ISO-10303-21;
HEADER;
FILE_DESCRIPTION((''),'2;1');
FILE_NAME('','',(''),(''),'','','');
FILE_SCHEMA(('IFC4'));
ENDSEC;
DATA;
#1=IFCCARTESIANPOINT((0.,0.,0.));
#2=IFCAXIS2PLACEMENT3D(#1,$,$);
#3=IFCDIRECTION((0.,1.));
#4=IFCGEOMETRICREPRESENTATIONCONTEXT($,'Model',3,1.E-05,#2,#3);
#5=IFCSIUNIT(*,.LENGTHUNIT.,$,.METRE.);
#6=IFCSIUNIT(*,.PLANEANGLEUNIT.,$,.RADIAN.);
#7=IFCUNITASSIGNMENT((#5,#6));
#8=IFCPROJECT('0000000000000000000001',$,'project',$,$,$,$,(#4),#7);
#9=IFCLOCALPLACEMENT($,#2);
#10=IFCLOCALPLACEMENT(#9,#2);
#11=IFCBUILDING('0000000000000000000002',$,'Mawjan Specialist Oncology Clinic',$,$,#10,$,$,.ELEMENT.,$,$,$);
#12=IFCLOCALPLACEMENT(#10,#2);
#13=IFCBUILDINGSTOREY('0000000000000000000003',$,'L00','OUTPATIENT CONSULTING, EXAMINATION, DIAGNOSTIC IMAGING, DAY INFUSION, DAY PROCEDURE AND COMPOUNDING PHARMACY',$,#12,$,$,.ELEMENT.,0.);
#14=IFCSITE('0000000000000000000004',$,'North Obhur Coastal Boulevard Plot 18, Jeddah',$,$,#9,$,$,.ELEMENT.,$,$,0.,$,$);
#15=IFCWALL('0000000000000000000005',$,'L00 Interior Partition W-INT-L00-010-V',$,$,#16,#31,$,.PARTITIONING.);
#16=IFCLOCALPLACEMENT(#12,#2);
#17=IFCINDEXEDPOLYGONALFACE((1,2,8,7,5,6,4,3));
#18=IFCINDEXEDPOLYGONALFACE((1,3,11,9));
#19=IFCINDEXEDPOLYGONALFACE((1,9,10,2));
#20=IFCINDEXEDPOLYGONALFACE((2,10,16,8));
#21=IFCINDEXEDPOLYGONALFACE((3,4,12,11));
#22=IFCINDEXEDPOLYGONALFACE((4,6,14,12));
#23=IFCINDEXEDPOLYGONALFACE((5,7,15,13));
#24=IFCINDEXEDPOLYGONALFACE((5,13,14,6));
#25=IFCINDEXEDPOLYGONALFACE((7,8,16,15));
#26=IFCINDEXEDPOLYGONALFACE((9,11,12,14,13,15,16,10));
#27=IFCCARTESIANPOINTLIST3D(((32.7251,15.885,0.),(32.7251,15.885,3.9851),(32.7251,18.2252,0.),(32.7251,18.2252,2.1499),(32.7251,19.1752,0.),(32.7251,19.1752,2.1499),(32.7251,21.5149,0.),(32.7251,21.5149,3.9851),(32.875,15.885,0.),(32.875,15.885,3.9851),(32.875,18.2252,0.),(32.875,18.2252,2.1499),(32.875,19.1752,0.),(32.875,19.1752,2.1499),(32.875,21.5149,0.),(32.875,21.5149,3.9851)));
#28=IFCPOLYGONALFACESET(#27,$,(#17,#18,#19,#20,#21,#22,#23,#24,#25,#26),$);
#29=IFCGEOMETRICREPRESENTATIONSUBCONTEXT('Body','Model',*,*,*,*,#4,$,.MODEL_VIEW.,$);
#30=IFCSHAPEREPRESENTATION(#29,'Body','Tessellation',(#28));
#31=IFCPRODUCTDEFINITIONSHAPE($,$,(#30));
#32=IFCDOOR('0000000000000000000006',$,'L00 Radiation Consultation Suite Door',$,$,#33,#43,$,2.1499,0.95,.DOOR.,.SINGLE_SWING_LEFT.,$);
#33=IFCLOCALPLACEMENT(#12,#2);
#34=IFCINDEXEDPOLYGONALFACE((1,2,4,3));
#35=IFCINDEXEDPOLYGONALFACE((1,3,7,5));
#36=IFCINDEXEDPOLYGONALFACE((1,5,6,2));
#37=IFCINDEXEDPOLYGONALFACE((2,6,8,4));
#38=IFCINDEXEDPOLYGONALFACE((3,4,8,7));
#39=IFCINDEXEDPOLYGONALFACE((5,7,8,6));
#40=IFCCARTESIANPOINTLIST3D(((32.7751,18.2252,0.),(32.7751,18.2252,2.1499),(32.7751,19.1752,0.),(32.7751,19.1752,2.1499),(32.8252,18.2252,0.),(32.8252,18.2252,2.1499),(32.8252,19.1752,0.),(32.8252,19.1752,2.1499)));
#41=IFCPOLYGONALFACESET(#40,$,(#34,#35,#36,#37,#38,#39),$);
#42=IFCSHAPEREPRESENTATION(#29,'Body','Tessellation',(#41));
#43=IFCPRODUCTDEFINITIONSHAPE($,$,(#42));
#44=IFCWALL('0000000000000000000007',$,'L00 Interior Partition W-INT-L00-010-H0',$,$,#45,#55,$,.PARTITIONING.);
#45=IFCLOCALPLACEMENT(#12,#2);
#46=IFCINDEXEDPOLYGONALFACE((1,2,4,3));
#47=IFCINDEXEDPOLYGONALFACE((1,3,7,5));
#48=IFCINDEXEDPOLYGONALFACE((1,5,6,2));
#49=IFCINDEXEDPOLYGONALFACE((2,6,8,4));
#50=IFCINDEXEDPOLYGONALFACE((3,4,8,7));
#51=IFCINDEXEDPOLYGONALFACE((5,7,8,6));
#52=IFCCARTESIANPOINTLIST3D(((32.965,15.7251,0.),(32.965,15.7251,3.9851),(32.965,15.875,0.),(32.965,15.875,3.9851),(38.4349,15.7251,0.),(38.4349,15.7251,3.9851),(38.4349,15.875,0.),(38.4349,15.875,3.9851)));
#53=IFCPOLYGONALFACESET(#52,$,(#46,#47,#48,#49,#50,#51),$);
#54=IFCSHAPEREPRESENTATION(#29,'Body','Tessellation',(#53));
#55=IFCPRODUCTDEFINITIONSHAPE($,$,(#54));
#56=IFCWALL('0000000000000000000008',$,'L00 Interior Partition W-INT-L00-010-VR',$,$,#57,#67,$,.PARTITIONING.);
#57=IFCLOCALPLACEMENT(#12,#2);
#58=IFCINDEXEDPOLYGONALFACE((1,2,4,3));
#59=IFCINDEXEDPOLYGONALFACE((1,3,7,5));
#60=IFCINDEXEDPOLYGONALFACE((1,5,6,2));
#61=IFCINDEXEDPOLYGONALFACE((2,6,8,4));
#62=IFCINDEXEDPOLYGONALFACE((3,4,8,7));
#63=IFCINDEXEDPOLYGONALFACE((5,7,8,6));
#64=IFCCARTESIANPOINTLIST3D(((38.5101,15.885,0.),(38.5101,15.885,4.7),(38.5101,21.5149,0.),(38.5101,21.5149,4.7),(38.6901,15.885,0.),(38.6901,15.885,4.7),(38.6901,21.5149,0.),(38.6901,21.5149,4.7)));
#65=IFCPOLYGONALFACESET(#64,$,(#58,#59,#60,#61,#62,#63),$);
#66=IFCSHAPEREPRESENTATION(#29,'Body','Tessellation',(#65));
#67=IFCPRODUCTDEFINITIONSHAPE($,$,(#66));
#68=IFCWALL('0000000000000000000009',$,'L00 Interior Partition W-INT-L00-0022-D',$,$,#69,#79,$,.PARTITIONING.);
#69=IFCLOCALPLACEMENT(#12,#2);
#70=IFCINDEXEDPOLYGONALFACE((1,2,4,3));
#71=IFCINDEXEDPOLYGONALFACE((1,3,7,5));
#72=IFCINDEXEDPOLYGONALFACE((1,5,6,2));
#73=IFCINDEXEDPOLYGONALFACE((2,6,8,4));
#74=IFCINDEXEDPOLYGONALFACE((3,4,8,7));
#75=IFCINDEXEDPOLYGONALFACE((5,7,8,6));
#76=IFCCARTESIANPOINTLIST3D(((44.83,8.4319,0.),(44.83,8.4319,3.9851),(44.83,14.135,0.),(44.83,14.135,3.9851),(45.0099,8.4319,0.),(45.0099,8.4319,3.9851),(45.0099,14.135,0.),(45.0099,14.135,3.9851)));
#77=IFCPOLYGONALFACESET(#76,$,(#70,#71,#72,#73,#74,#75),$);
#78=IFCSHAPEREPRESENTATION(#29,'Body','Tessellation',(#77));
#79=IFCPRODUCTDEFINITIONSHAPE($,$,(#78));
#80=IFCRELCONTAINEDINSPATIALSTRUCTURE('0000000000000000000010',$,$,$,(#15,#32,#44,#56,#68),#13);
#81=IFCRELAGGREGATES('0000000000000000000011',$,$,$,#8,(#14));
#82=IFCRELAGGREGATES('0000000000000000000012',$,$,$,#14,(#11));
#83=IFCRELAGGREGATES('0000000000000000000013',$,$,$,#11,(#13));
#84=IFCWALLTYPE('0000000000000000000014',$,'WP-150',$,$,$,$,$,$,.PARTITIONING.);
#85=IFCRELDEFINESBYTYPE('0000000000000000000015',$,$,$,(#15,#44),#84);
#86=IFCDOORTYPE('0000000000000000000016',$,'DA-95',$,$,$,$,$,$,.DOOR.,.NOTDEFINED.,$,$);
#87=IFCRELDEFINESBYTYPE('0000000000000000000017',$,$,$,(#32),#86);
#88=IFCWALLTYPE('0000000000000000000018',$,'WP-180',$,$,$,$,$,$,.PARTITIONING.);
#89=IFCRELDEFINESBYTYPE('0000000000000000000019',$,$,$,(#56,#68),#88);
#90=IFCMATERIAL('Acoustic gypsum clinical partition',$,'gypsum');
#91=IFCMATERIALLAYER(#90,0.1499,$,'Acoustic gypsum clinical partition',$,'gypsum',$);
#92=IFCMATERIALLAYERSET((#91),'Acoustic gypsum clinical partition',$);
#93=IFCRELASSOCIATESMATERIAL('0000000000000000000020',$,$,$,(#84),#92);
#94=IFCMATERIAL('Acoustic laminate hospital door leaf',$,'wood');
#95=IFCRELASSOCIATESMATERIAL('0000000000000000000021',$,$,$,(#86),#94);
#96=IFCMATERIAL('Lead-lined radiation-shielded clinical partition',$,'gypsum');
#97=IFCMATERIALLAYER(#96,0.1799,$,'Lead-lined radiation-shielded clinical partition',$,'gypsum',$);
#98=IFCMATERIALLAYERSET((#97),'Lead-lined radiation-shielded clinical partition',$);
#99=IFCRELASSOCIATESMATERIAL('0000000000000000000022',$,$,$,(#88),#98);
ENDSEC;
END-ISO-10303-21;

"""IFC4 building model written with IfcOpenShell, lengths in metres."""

from ifc_helpers import new_model, si_unit, direction, frame, frame_2d, origin, place, context, subcontext, project, spatial, rectangle, extrude, material, layer, layer_set, type_object, element, fill, save


model = new_model("IFC4")

# Units and contexts
model_context = context("Model", 3, precision=1e-05, world=origin(), true_north=direction((0.0, 1.0)))
body_context = subcontext(model_context, "Body", "Model", "MODEL_VIEW")
ifc_project = project(units=[si_unit("LENGTHUNIT", "METRE"), si_unit("PLANEANGLEUNIT", "RADIAN")], contexts=[model_context])

# Site, building, storey
site_placement = place(None, origin())
site = spatial("IfcSite", under=ifc_project, at=site_placement, Name="North Obhur Coastal Boulevard Plot 18, Jeddah", CompositionType="ELEMENT", RefElevation=0.0)
building_placement = place(site_placement, origin())
building = spatial("IfcBuilding", under=site, at=building_placement, Name="Mawjan Specialist Oncology Clinic", CompositionType="ELEMENT")
storey_placement = place(building_placement, origin())
storey = spatial("IfcBuildingStorey", under=building, at=storey_placement, Name="L00", Description="OUTPATIENT CONSULTING, EXAMINATION, DIAGNOSTIC IMAGING, DAY INFUSION, DAY PROCEDURE AND COMPOUNDING PHARMACY", CompositionType="ELEMENT", Elevation=0.0)

# Wall, opening, door
ifc_material_1 = material(Name="Acoustic gypsum clinical partition", Category="gypsum")
ifc_layer_1 = layer(ifc_material_1, 0.1499, Name="Acoustic gypsum clinical partition", Category="gypsum")
ifc_layer_set_1 = layer_set([ifc_layer_1], Name="Acoustic gypsum clinical partition")
wall_type_1 = type_object("IfcWallType", Name="WP-150", PredefinedType="PARTITIONING", material=ifc_layer_set_1)
wall_1_placement = place(storey_placement, frame((32.8, 15.885, 0.0), z_axis=(0.0, 0.0, 1.0), x_axis=(0.0, 1.0, 0.0)))
wall_1 = element("IfcWall", 1, at=wall_1_placement, inside=storey, type_object=wall_type_1, Name="L00 Interior Partition W-INT-L00-010-V", PredefinedType="PARTITIONING", context=body_context, shape_type="SweptSolid", body=[
    extrude(rectangle(XDim=5.6299, YDim=0.1499, at=frame_2d((2.8149, 0.0))), origin(), (0.0, 0.0, 1.0), 3.9851),
])
opening_1_placement = place(wall_1_placement, frame((2.3401, 0.0, 0.0)))
opening_1 = element("IfcOpeningElement", 2, at=opening_1_placement, cuts=wall_1, PredefinedType="OPENING", context=body_context, shape_type="SweptSolid", body=[
    extrude(rectangle(XDim=0.95, YDim=2.1499, at=frame_2d((0.4751, 1.075))), frame((0.0, 0.0869, 0.0), z_axis=(0.0, -1.0, 0.0), x_axis=(1.0, 0.0, 0.0)), (0.0, 0.0, 1.0), 0.1738),
])
ifc_material_2 = material(Name="Acoustic laminate hospital door leaf", Category="wood")
door_type_1 = type_object("IfcDoorType", Name="DA-95", OperationType="NOTDEFINED", PredefinedType="DOOR", material=ifc_material_2)
door_1_placement = place(opening_1_placement, origin())
door_1 = element("IfcDoor", 3, at=door_1_placement, inside=storey, type_object=door_type_1, Name="L00 Radiation Consultation Suite Door", OperationType="SINGLE_SWING_LEFT", OverallHeight=2.1499, OverallWidth=0.95, PredefinedType="DOOR", context=body_context, shape_type="SweptSolid", body=[
    extrude(rectangle(XDim=0.95, YDim=2.1499, at=frame_2d((0.4751, 1.075))), frame((0.0, 0.0249, 0.0), z_axis=(0.0, -1.0, 0.0), x_axis=(1.0, 0.0, 0.0)), (0.0, 0.0, 1.0), 0.05),
])
fill(opening_1, door_1)

# Walls
wall_2_placement = place(storey_placement, frame((32.9651, 15.8, 0.0), z_axis=(0.0, 0.0, 1.0), x_axis=(1.0, 0.0, 0.0)))
element("IfcWall", 4, at=wall_2_placement, inside=storey, type_object=wall_type_1, Name="L00 Interior Partition W-INT-L00-010-H0", PredefinedType="PARTITIONING", context=body_context, shape_type="SweptSolid", body=[
    extrude(rectangle(XDim=5.47, YDim=0.1499, at=frame_2d((2.7349, 0.0))), origin(), (0.0, 0.0, 1.0), 3.9851),
])
ifc_material_3 = material(Name="Lead-lined radiation-shielded clinical partition", Category="gypsum")
ifc_layer_2 = layer(ifc_material_3, 0.1799, Name="Lead-lined radiation-shielded clinical partition", Category="gypsum")
ifc_layer_set_2 = layer_set([ifc_layer_2], Name="Lead-lined radiation-shielded clinical partition")
wall_type_2 = type_object("IfcWallType", Name="WP-180", PredefinedType="PARTITIONING", material=ifc_layer_set_2)
wall_3_placement = place(storey_placement, frame((38.6001, 15.885, 0.0), z_axis=(0.0, 0.0, 1.0), x_axis=(0.0, 1.0, 0.0)))
element("IfcWall", 5, at=wall_3_placement, inside=storey, type_object=wall_type_2, Name="L00 Interior Partition W-INT-L00-010-VR", PredefinedType="PARTITIONING", context=body_context, shape_type="SweptSolid", body=[
    extrude(rectangle(XDim=5.6299, YDim=0.1799, at=frame_2d((2.8149, 0.0))), origin(), (0.0, 0.0, 1.0), 4.7),
])
wall_4_placement = place(storey_placement, frame((44.9199, 8.4319, 0.0), z_axis=(0.0, 0.0, 1.0), x_axis=(0.0, 1.0, 0.0)))
element("IfcWall", 6, at=wall_4_placement, inside=storey, type_object=wall_type_2, Name="L00 Interior Partition W-INT-L00-0022-D", PredefinedType="PARTITIONING", context=body_context, shape_type="SweptSolid", body=[
    extrude(rectangle(XDim=5.7031, YDim=0.1799, at=frame_2d((2.8516, 0.0))), origin(), (0.0, 0.0, 1.0), 3.9851),
])

save(model, "model.ifc")
